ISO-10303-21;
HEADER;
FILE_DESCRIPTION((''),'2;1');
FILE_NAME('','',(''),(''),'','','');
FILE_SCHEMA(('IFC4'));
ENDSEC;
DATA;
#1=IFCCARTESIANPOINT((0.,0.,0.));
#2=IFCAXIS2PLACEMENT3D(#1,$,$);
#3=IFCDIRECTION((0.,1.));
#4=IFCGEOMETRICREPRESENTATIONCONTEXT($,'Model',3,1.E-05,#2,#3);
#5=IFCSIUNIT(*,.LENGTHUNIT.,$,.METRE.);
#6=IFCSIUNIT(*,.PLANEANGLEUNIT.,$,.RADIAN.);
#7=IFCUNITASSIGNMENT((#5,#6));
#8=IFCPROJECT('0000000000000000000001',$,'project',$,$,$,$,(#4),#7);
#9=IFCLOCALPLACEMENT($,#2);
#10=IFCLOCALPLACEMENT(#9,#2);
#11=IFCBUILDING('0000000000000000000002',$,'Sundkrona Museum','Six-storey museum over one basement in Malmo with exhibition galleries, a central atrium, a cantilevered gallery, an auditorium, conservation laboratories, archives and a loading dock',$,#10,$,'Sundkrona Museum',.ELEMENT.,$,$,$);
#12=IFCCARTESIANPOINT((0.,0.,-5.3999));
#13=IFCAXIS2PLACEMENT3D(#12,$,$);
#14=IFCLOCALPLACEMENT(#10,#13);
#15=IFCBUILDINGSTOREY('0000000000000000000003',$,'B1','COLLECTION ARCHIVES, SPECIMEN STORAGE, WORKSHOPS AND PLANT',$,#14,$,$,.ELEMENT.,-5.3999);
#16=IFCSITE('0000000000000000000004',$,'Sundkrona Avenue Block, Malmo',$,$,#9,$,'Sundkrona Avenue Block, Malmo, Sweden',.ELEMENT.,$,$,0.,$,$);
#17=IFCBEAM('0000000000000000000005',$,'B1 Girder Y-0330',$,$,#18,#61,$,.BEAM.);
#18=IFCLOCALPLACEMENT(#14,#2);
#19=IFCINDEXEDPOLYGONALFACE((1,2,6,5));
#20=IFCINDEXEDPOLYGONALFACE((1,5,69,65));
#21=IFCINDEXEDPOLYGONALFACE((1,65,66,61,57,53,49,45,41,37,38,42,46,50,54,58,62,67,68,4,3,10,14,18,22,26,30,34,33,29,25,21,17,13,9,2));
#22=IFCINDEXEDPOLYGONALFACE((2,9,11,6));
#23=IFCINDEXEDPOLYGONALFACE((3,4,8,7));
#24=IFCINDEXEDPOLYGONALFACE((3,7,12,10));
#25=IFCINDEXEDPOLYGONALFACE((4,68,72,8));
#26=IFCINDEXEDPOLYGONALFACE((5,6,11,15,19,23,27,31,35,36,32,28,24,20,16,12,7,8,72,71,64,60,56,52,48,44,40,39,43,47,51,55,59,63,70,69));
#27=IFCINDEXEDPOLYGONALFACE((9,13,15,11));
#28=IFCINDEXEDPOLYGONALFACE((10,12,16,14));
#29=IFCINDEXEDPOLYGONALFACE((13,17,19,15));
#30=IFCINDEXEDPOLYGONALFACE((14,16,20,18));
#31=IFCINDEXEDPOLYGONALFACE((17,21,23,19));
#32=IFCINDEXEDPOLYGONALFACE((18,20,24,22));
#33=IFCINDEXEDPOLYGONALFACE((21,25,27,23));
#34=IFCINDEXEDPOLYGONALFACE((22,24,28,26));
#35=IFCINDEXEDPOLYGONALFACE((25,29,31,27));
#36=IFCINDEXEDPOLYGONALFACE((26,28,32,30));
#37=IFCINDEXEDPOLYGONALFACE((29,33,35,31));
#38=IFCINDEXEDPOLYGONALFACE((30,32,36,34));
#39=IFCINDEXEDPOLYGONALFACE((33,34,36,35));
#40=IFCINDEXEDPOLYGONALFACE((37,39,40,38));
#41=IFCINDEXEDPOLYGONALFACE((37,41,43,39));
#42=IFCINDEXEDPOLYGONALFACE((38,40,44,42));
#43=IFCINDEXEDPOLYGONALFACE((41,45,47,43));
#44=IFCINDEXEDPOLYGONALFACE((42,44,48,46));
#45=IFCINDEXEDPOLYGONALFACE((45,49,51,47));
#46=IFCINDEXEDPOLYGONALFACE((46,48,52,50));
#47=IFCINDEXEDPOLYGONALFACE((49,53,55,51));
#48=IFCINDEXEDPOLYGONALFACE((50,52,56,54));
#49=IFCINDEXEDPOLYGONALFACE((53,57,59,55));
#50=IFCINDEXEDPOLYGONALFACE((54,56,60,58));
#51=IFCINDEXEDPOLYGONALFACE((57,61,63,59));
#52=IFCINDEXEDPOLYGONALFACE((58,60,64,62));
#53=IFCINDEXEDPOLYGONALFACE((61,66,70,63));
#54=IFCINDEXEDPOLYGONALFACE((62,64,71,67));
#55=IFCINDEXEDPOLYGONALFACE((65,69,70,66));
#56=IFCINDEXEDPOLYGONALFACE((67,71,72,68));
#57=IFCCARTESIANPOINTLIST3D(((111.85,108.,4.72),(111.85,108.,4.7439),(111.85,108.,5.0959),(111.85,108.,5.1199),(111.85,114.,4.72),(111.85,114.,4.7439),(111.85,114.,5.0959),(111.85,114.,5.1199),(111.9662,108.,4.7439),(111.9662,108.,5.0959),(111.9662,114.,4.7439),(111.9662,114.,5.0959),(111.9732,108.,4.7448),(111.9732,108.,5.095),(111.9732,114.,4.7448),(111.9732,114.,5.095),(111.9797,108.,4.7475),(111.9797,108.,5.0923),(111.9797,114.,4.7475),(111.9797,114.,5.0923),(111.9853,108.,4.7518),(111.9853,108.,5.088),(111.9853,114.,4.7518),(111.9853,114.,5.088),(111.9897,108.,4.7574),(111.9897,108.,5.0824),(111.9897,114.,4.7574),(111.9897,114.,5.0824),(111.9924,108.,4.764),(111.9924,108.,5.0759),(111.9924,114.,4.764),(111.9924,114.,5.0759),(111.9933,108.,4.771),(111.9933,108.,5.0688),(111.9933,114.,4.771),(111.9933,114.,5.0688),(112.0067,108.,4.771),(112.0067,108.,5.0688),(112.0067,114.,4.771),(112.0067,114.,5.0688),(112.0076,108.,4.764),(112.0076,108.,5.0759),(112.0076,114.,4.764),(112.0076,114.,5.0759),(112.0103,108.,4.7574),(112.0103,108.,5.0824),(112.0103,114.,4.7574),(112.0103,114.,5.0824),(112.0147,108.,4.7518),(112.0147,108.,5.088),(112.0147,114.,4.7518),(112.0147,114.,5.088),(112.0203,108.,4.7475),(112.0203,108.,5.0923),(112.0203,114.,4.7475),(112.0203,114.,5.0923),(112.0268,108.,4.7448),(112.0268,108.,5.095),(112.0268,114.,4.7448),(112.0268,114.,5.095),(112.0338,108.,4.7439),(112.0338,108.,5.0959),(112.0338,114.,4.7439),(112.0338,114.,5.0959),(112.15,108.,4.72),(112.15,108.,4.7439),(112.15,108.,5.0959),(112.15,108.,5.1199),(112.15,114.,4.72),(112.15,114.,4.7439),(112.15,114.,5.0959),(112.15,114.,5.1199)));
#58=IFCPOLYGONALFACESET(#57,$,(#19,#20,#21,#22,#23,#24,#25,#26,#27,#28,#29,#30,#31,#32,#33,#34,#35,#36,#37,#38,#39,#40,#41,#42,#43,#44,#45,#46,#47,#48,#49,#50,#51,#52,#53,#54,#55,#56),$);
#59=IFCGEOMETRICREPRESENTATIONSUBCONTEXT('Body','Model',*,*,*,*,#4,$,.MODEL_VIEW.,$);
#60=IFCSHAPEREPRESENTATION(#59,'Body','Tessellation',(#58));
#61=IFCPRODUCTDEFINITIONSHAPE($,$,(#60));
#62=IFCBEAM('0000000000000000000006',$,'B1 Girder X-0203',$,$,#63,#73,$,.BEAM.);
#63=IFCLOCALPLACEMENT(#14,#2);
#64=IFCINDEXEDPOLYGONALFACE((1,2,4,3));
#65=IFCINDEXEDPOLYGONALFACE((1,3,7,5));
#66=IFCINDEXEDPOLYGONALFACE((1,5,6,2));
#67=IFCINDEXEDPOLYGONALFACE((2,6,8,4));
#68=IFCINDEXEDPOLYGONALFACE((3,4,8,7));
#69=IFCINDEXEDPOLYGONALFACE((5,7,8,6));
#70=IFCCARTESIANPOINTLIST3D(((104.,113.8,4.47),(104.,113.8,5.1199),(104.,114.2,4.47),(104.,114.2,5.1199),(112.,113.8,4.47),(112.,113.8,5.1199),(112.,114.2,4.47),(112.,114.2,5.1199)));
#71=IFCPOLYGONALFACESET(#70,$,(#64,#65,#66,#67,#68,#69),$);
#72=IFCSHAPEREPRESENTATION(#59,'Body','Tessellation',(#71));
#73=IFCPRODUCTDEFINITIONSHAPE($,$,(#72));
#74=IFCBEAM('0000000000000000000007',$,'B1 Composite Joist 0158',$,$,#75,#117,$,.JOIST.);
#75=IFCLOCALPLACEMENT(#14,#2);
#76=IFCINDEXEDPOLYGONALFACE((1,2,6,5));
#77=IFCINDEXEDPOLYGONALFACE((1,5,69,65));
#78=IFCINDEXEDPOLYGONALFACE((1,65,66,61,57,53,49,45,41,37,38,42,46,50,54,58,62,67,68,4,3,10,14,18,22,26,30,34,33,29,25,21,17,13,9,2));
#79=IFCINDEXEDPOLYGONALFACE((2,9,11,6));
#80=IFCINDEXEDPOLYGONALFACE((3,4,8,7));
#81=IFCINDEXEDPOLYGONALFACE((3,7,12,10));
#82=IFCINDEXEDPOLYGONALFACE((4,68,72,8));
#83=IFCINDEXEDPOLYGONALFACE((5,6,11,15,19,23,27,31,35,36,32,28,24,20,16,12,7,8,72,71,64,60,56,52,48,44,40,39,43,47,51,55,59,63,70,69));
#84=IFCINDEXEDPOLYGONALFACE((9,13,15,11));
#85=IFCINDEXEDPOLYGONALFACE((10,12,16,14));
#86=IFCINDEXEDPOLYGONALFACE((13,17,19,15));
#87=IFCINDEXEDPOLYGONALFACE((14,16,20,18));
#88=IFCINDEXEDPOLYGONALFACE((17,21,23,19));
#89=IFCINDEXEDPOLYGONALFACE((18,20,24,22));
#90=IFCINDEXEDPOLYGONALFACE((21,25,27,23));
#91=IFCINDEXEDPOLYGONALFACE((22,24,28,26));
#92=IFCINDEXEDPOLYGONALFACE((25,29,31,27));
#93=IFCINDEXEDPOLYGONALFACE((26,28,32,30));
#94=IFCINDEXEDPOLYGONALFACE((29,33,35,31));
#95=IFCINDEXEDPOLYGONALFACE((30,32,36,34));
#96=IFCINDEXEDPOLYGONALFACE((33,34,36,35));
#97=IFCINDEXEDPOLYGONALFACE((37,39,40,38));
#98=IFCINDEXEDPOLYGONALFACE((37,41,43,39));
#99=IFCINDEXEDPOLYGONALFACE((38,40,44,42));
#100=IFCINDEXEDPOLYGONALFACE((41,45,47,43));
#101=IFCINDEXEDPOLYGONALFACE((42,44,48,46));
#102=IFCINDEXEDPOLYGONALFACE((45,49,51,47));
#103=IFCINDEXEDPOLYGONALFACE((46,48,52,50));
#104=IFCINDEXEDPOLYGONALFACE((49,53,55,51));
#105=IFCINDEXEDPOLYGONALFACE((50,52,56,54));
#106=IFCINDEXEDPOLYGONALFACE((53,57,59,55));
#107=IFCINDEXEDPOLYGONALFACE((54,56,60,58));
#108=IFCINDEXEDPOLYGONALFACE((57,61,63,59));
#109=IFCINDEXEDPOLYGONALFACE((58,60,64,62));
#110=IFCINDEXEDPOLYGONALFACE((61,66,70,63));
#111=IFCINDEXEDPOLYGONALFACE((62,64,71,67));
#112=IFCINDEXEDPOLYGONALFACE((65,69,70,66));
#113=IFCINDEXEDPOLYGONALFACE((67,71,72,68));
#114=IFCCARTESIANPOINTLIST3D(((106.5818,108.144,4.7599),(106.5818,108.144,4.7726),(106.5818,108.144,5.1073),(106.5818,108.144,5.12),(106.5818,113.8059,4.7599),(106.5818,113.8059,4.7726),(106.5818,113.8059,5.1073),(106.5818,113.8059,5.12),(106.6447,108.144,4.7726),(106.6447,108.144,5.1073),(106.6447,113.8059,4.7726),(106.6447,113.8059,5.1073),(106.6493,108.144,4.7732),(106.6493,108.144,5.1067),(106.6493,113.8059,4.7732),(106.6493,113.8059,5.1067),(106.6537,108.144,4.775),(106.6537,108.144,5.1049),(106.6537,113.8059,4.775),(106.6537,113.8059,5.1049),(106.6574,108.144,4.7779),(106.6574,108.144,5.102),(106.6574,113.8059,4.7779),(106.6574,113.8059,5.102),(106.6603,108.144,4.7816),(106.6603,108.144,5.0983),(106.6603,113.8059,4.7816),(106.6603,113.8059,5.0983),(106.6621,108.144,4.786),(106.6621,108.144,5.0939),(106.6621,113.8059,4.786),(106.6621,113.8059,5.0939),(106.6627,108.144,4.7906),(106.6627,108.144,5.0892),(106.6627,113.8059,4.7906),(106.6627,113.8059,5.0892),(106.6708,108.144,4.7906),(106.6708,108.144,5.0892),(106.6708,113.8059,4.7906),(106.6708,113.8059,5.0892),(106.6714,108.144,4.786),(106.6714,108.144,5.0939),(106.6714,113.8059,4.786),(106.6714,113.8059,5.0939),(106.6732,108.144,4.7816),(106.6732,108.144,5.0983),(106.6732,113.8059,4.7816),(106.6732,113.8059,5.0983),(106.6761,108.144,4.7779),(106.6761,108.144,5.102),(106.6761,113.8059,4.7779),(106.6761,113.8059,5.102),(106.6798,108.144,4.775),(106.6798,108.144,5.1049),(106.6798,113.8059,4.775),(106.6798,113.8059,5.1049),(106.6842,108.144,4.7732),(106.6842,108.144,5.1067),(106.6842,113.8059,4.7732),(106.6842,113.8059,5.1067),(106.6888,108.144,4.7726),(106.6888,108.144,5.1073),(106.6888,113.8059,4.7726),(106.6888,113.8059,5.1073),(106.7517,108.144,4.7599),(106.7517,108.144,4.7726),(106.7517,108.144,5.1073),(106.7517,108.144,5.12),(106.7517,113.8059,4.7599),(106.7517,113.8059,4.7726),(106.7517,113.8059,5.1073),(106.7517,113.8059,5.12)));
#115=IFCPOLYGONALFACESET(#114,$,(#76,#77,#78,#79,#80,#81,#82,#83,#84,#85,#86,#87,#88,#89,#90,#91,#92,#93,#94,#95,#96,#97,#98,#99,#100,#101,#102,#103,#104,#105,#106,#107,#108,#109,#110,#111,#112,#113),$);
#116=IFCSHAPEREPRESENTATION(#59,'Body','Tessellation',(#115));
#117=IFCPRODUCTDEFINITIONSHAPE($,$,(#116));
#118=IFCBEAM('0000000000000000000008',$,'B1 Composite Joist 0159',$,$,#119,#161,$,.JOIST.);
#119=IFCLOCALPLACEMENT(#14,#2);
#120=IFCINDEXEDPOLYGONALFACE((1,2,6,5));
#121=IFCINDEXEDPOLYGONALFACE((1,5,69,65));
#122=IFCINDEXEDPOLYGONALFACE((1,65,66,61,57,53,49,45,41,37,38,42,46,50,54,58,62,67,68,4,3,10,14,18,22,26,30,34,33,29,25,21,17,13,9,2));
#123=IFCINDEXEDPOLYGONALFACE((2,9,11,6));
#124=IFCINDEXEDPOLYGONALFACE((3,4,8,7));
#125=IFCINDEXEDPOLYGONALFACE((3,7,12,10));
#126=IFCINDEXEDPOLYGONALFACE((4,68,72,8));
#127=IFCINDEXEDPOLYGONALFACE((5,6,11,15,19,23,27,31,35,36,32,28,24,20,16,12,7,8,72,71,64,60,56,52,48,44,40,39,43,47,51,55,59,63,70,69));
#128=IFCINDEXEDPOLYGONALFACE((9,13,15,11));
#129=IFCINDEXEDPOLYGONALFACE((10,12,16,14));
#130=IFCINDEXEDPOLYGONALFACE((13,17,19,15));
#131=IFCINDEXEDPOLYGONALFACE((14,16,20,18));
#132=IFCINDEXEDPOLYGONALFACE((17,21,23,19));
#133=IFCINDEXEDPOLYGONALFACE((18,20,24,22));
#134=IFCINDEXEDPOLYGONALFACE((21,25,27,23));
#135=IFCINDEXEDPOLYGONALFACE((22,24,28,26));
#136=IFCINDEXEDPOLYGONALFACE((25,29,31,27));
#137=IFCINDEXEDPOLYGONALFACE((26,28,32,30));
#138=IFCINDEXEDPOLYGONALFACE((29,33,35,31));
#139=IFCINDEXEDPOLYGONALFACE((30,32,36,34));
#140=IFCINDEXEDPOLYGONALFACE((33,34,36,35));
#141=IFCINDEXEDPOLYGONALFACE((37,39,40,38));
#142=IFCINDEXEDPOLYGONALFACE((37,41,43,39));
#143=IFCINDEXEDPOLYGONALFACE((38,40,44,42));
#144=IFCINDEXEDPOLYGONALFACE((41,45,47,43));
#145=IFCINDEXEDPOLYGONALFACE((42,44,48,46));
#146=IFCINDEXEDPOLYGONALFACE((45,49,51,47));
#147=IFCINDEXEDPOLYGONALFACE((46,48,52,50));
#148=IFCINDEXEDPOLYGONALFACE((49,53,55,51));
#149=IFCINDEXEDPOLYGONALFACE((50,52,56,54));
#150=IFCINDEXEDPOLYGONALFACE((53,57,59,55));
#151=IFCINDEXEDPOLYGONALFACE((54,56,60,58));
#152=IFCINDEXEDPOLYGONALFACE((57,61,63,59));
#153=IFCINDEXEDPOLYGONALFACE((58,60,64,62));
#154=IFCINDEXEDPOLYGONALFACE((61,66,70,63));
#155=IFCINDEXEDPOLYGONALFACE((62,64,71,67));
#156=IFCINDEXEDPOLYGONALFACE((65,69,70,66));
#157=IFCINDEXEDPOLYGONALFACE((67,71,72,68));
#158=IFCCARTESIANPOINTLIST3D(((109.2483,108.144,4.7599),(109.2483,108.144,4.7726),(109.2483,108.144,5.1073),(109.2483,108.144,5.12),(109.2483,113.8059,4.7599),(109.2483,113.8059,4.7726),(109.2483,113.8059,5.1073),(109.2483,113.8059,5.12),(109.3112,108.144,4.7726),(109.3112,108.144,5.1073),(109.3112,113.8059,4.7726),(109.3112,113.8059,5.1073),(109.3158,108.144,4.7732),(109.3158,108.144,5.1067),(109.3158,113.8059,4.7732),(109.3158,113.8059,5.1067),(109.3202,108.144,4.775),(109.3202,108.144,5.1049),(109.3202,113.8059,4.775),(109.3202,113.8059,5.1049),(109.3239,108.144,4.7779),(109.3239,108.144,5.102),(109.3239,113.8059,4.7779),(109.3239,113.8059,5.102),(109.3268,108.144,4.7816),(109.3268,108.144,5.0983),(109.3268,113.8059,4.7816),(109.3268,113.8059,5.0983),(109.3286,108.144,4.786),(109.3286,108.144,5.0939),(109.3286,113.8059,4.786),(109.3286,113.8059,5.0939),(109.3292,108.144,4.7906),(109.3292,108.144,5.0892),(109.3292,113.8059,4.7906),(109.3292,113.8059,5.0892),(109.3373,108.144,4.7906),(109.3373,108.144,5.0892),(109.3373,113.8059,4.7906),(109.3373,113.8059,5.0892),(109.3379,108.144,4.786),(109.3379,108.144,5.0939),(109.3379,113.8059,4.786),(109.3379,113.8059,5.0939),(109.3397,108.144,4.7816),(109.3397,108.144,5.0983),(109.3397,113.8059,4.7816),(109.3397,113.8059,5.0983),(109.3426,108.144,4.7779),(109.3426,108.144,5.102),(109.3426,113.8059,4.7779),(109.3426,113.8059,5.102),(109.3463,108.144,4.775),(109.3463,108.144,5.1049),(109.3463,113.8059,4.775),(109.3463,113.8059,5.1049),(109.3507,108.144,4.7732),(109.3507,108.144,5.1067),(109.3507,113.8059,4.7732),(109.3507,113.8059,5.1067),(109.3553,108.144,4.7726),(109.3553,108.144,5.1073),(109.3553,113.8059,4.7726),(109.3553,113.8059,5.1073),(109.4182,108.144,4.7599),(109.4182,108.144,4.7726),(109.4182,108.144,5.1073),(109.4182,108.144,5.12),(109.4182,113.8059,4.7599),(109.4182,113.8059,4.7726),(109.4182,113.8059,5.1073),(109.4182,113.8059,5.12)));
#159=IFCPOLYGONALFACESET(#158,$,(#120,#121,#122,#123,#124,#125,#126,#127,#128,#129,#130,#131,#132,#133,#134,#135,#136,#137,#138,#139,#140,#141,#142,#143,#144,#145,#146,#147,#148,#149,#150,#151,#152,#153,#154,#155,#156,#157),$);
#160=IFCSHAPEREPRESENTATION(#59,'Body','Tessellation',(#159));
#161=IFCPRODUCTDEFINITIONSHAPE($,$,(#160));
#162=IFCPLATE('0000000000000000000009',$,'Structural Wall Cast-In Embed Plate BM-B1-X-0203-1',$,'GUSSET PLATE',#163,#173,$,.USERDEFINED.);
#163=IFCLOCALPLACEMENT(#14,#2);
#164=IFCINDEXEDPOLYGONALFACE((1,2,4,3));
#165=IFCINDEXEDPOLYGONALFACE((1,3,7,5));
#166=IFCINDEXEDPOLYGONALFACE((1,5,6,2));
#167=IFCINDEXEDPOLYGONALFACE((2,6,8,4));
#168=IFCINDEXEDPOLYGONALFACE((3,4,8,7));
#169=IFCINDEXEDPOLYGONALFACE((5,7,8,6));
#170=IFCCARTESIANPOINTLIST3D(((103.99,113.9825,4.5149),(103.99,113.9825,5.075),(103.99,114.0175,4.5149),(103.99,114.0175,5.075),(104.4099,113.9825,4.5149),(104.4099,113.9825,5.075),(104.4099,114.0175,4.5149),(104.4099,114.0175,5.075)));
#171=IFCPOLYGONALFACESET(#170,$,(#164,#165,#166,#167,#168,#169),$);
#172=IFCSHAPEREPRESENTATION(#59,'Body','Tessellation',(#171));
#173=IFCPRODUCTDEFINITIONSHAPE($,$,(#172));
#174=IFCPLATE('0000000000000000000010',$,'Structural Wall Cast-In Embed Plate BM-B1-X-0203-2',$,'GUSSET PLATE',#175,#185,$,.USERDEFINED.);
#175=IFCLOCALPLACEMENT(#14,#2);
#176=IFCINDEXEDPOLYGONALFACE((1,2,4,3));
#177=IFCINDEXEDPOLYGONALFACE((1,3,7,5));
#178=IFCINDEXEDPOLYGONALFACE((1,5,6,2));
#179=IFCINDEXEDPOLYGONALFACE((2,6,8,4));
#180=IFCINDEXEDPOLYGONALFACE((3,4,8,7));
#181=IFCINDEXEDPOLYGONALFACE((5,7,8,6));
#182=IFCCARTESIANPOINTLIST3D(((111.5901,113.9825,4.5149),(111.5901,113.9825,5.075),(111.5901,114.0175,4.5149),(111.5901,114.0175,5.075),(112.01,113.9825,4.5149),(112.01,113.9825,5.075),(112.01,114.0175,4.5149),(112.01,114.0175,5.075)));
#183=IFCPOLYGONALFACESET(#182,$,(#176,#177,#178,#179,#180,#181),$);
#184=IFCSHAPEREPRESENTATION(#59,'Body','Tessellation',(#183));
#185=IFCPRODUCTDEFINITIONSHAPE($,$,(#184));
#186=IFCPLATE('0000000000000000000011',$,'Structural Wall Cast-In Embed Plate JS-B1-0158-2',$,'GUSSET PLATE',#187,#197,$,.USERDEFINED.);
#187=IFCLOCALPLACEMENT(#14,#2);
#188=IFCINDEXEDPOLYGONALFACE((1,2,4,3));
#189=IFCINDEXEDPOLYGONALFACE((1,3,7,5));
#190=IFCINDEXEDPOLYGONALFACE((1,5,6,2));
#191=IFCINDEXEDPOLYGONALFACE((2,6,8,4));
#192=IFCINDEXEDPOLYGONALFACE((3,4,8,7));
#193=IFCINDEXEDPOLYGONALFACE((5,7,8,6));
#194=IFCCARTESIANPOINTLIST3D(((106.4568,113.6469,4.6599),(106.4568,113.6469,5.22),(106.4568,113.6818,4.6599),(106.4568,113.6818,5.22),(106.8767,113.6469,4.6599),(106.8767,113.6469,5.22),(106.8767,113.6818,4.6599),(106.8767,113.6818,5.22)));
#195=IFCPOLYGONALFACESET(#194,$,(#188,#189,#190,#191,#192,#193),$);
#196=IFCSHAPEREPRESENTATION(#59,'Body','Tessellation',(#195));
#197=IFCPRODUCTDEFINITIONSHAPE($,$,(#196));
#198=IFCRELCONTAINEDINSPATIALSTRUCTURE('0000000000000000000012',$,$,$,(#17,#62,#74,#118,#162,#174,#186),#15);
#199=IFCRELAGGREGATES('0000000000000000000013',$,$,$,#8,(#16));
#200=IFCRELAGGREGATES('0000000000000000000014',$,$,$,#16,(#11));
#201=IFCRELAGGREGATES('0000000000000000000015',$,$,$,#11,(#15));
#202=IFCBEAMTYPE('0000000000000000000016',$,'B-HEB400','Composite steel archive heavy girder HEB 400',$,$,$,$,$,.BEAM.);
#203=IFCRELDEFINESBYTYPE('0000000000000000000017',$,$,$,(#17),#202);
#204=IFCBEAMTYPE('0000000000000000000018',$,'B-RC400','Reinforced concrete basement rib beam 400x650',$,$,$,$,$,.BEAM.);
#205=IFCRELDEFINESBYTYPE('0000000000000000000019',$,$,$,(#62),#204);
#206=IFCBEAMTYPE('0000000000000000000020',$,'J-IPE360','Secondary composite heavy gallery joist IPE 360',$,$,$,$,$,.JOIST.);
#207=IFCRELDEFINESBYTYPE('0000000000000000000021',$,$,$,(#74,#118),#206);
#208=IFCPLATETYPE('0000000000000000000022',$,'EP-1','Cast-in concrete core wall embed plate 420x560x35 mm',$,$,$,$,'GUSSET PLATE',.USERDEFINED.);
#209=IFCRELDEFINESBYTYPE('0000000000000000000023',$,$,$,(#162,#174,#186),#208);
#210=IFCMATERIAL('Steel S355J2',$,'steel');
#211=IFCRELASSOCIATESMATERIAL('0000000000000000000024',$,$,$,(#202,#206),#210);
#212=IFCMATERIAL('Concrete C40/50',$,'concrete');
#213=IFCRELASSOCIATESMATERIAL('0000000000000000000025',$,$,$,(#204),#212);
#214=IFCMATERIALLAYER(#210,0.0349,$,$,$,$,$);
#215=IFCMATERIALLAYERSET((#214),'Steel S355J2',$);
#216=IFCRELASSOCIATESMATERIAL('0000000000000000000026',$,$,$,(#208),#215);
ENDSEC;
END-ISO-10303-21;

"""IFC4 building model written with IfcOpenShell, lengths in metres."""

from ifc_helpers import new_model, si_unit, direction, frame, origin, origin_2d, place, context, subcontext, project, spatial, rectangle, i_section, extrude, material, layer, layer_set, material_profile, profile_set, type_object, element, save


model = new_model("IFC4")

# Units and contexts
model_context = context("Model", 3, precision=1e-05, world=origin(), true_north=direction((0.0, 1.0)))
body_context = subcontext(model_context, "Body", "Model", "MODEL_VIEW")
ifc_project = project(units=[si_unit("LENGTHUNIT", "METRE"), si_unit("PLANEANGLEUNIT", "RADIAN")], contexts=[model_context])

# Site, building, storey
site_placement = place(None, origin())
site = spatial("IfcSite", under=ifc_project, at=site_placement, Name="Sundkrona Avenue Block, Malmo", LongName="Sundkrona Avenue Block, Malmo, Sweden", CompositionType="ELEMENT", RefElevation=0.0)
building_placement = place(site_placement, origin())
building = spatial("IfcBuilding", under=site, at=building_placement, Name="Sundkrona Museum", Description="Six-storey museum over one basement in Malmo with exhibition galleries, a central atrium, a cantilevered gallery, an auditorium, conservation laboratories, archives and a loading dock", LongName="Sundkrona Museum", CompositionType="ELEMENT")
storey_placement = place(building_placement, frame((0.0, 0.0, -5.3999)))
storey = spatial("IfcBuildingStorey", under=building, at=storey_placement, Name="B1", Description="COLLECTION ARCHIVES, SPECIMEN STORAGE, WORKSHOPS AND PLANT", CompositionType="ELEMENT", Elevation=-5.3999)

# Shared definitions
ifc_material_1 = material(Name="Concrete C40/50", Category="concrete")

# Beams
ifc_material_2 = material(Name="Steel S355J2", Category="steel")
ifc_material_profile_1 = material_profile(ifc_material_2, i_section(OverallWidth=0.3, OverallDepth=0.3999, WebThickness=0.0134, FlangeThickness=0.0239, FilletRadius=0.0271, at=origin_2d()), Name="HEB 400")
ifc_profile_set_1 = profile_set([ifc_material_profile_1], Name="Steel S355J2")
beam_type_1 = type_object("IfcBeamType", Name="B-HEB400", Description="Composite steel archive heavy girder HEB 400", PredefinedType="BEAM", material=ifc_profile_set_1)
beam_1_placement = place(storey_placement, frame((112.0, 108.0, 4.9199), z_axis=(0.0, 1.0, 0.0), x_axis=(-1.0, 0.0, 0.0)))
element("IfcBeam", 1, at=beam_1_placement, inside=storey, type_object=beam_type_1, Name="B1 Girder Y-0330", PredefinedType="BEAM", context=body_context, shape_type="SweptSolid", body=[
    extrude(i_section(OverallWidth=0.3, OverallDepth=0.3999, WebThickness=0.0134, FlangeThickness=0.0239, FilletRadius=0.0271, at=origin_2d()), origin(), (0.0, 0.0, 1.0), 6.0),
])
ifc_material_profile_2 = material_profile(ifc_material_1, rectangle(XDim=0.3999, YDim=0.6499, at=origin_2d()), Name="RCB 400x650")
ifc_profile_set_2 = profile_set([ifc_material_profile_2], Name="Concrete C40/50")
beam_type_2 = type_object("IfcBeamType", Name="B-RC400", Description="Reinforced concrete basement rib beam 400x650", PredefinedType="BEAM", material=ifc_profile_set_2)
beam_2_placement = place(storey_placement, frame((104.0, 114.0, 4.7949), z_axis=(1.0, 0.0, 0.0), x_axis=(0.0, 1.0, 0.0)))
element("IfcBeam", 2, at=beam_2_placement, inside=storey, type_object=beam_type_2, Name="B1 Girder X-0203", PredefinedType="BEAM", context=body_context, shape_type="SweptSolid", body=[
    extrude(rectangle(XDim=0.3999, YDim=0.6499, at=origin_2d()), origin(), (0.0, 0.0, 1.0), 8.0),
])
ifc_material_profile_3 = material_profile(ifc_material_2, i_section(OverallWidth=0.1699, OverallDepth=0.3601, WebThickness=0.0081, FlangeThickness=0.0127, FilletRadius=0.0181, at=origin_2d()), Name="IPE 360")
ifc_profile_set_3 = profile_set([ifc_material_profile_3], Name="Steel S355J2")
beam_type_3 = type_object("IfcBeamType", Name="J-IPE360", Description="Secondary composite heavy gallery joist IPE 360", PredefinedType="JOIST", material=ifc_profile_set_3)
for number, where, z_axis, x_axis, name in (
    (3, (106.6667, 108.144, 4.9399), (0.0, 1.0, 0.0), (-1.0, 0.0, 0.0), "B1 Composite Joist 0158"),
    (4, (109.3333, 108.144, 4.9399), (0.0, 1.0, 0.0), (-1.0, 0.0, 0.0), "B1 Composite Joist 0159"),
):
    element("IfcBeam", number, at=place(storey_placement, frame(where, z_axis=z_axis, x_axis=x_axis)), inside=storey, type_object=beam_type_3, Name=name, PredefinedType="JOIST", context=body_context, shape_type="SweptSolid", body=[
        extrude(i_section(OverallWidth=0.1699, OverallDepth=0.3601, WebThickness=0.0081, FlangeThickness=0.0127, FilletRadius=0.0181, at=origin_2d()), origin(), (0.0, 0.0, 1.0), 5.6619),
    ])

# Plates
ifc_layer = layer(ifc_material_2, 0.0349)
ifc_layer_set = layer_set([ifc_layer], Name="Steel S355J2")
plate_type = type_object("IfcPlateType", Name="EP-1", Description="Cast-in concrete core wall embed plate 420x560x35 mm", ElementType="GUSSET PLATE", PredefinedType="USERDEFINED", material=ifc_layer_set)
for number, where, z_axis, x_axis, name in (
    (5, (104.2, 114.0, 4.5149), (0.0, 0.0, 1.0), (1.0, 0.0, 0.0), "Structural Wall Cast-In Embed Plate BM-B1-X-0203-1"),
    (6, (111.8, 114.0, 4.5149), (0.0, 0.0, 1.0), (1.0, 0.0, 0.0), "Structural Wall Cast-In Embed Plate BM-B1-X-0203-2"),
    (7, (106.6667, 113.6643, 4.6599), (0.0, 0.0, 1.0), (1.0, 0.0, 0.0), "Structural Wall Cast-In Embed Plate JS-B1-0158-2"),
):
    element("IfcPlate", number, at=place(storey_placement, frame(where, z_axis=z_axis, x_axis=x_axis)), inside=storey, type_object=plate_type, Name=name, ObjectType="GUSSET PLATE", PredefinedType="USERDEFINED", context=body_context, shape_type="SweptSolid", body=[
        extrude(rectangle(XDim=0.4199, YDim=0.0349, at=origin_2d()), origin(), (0.0, 0.0, 1.0), 0.5601),
    ])

save(model, "model.ifc")
